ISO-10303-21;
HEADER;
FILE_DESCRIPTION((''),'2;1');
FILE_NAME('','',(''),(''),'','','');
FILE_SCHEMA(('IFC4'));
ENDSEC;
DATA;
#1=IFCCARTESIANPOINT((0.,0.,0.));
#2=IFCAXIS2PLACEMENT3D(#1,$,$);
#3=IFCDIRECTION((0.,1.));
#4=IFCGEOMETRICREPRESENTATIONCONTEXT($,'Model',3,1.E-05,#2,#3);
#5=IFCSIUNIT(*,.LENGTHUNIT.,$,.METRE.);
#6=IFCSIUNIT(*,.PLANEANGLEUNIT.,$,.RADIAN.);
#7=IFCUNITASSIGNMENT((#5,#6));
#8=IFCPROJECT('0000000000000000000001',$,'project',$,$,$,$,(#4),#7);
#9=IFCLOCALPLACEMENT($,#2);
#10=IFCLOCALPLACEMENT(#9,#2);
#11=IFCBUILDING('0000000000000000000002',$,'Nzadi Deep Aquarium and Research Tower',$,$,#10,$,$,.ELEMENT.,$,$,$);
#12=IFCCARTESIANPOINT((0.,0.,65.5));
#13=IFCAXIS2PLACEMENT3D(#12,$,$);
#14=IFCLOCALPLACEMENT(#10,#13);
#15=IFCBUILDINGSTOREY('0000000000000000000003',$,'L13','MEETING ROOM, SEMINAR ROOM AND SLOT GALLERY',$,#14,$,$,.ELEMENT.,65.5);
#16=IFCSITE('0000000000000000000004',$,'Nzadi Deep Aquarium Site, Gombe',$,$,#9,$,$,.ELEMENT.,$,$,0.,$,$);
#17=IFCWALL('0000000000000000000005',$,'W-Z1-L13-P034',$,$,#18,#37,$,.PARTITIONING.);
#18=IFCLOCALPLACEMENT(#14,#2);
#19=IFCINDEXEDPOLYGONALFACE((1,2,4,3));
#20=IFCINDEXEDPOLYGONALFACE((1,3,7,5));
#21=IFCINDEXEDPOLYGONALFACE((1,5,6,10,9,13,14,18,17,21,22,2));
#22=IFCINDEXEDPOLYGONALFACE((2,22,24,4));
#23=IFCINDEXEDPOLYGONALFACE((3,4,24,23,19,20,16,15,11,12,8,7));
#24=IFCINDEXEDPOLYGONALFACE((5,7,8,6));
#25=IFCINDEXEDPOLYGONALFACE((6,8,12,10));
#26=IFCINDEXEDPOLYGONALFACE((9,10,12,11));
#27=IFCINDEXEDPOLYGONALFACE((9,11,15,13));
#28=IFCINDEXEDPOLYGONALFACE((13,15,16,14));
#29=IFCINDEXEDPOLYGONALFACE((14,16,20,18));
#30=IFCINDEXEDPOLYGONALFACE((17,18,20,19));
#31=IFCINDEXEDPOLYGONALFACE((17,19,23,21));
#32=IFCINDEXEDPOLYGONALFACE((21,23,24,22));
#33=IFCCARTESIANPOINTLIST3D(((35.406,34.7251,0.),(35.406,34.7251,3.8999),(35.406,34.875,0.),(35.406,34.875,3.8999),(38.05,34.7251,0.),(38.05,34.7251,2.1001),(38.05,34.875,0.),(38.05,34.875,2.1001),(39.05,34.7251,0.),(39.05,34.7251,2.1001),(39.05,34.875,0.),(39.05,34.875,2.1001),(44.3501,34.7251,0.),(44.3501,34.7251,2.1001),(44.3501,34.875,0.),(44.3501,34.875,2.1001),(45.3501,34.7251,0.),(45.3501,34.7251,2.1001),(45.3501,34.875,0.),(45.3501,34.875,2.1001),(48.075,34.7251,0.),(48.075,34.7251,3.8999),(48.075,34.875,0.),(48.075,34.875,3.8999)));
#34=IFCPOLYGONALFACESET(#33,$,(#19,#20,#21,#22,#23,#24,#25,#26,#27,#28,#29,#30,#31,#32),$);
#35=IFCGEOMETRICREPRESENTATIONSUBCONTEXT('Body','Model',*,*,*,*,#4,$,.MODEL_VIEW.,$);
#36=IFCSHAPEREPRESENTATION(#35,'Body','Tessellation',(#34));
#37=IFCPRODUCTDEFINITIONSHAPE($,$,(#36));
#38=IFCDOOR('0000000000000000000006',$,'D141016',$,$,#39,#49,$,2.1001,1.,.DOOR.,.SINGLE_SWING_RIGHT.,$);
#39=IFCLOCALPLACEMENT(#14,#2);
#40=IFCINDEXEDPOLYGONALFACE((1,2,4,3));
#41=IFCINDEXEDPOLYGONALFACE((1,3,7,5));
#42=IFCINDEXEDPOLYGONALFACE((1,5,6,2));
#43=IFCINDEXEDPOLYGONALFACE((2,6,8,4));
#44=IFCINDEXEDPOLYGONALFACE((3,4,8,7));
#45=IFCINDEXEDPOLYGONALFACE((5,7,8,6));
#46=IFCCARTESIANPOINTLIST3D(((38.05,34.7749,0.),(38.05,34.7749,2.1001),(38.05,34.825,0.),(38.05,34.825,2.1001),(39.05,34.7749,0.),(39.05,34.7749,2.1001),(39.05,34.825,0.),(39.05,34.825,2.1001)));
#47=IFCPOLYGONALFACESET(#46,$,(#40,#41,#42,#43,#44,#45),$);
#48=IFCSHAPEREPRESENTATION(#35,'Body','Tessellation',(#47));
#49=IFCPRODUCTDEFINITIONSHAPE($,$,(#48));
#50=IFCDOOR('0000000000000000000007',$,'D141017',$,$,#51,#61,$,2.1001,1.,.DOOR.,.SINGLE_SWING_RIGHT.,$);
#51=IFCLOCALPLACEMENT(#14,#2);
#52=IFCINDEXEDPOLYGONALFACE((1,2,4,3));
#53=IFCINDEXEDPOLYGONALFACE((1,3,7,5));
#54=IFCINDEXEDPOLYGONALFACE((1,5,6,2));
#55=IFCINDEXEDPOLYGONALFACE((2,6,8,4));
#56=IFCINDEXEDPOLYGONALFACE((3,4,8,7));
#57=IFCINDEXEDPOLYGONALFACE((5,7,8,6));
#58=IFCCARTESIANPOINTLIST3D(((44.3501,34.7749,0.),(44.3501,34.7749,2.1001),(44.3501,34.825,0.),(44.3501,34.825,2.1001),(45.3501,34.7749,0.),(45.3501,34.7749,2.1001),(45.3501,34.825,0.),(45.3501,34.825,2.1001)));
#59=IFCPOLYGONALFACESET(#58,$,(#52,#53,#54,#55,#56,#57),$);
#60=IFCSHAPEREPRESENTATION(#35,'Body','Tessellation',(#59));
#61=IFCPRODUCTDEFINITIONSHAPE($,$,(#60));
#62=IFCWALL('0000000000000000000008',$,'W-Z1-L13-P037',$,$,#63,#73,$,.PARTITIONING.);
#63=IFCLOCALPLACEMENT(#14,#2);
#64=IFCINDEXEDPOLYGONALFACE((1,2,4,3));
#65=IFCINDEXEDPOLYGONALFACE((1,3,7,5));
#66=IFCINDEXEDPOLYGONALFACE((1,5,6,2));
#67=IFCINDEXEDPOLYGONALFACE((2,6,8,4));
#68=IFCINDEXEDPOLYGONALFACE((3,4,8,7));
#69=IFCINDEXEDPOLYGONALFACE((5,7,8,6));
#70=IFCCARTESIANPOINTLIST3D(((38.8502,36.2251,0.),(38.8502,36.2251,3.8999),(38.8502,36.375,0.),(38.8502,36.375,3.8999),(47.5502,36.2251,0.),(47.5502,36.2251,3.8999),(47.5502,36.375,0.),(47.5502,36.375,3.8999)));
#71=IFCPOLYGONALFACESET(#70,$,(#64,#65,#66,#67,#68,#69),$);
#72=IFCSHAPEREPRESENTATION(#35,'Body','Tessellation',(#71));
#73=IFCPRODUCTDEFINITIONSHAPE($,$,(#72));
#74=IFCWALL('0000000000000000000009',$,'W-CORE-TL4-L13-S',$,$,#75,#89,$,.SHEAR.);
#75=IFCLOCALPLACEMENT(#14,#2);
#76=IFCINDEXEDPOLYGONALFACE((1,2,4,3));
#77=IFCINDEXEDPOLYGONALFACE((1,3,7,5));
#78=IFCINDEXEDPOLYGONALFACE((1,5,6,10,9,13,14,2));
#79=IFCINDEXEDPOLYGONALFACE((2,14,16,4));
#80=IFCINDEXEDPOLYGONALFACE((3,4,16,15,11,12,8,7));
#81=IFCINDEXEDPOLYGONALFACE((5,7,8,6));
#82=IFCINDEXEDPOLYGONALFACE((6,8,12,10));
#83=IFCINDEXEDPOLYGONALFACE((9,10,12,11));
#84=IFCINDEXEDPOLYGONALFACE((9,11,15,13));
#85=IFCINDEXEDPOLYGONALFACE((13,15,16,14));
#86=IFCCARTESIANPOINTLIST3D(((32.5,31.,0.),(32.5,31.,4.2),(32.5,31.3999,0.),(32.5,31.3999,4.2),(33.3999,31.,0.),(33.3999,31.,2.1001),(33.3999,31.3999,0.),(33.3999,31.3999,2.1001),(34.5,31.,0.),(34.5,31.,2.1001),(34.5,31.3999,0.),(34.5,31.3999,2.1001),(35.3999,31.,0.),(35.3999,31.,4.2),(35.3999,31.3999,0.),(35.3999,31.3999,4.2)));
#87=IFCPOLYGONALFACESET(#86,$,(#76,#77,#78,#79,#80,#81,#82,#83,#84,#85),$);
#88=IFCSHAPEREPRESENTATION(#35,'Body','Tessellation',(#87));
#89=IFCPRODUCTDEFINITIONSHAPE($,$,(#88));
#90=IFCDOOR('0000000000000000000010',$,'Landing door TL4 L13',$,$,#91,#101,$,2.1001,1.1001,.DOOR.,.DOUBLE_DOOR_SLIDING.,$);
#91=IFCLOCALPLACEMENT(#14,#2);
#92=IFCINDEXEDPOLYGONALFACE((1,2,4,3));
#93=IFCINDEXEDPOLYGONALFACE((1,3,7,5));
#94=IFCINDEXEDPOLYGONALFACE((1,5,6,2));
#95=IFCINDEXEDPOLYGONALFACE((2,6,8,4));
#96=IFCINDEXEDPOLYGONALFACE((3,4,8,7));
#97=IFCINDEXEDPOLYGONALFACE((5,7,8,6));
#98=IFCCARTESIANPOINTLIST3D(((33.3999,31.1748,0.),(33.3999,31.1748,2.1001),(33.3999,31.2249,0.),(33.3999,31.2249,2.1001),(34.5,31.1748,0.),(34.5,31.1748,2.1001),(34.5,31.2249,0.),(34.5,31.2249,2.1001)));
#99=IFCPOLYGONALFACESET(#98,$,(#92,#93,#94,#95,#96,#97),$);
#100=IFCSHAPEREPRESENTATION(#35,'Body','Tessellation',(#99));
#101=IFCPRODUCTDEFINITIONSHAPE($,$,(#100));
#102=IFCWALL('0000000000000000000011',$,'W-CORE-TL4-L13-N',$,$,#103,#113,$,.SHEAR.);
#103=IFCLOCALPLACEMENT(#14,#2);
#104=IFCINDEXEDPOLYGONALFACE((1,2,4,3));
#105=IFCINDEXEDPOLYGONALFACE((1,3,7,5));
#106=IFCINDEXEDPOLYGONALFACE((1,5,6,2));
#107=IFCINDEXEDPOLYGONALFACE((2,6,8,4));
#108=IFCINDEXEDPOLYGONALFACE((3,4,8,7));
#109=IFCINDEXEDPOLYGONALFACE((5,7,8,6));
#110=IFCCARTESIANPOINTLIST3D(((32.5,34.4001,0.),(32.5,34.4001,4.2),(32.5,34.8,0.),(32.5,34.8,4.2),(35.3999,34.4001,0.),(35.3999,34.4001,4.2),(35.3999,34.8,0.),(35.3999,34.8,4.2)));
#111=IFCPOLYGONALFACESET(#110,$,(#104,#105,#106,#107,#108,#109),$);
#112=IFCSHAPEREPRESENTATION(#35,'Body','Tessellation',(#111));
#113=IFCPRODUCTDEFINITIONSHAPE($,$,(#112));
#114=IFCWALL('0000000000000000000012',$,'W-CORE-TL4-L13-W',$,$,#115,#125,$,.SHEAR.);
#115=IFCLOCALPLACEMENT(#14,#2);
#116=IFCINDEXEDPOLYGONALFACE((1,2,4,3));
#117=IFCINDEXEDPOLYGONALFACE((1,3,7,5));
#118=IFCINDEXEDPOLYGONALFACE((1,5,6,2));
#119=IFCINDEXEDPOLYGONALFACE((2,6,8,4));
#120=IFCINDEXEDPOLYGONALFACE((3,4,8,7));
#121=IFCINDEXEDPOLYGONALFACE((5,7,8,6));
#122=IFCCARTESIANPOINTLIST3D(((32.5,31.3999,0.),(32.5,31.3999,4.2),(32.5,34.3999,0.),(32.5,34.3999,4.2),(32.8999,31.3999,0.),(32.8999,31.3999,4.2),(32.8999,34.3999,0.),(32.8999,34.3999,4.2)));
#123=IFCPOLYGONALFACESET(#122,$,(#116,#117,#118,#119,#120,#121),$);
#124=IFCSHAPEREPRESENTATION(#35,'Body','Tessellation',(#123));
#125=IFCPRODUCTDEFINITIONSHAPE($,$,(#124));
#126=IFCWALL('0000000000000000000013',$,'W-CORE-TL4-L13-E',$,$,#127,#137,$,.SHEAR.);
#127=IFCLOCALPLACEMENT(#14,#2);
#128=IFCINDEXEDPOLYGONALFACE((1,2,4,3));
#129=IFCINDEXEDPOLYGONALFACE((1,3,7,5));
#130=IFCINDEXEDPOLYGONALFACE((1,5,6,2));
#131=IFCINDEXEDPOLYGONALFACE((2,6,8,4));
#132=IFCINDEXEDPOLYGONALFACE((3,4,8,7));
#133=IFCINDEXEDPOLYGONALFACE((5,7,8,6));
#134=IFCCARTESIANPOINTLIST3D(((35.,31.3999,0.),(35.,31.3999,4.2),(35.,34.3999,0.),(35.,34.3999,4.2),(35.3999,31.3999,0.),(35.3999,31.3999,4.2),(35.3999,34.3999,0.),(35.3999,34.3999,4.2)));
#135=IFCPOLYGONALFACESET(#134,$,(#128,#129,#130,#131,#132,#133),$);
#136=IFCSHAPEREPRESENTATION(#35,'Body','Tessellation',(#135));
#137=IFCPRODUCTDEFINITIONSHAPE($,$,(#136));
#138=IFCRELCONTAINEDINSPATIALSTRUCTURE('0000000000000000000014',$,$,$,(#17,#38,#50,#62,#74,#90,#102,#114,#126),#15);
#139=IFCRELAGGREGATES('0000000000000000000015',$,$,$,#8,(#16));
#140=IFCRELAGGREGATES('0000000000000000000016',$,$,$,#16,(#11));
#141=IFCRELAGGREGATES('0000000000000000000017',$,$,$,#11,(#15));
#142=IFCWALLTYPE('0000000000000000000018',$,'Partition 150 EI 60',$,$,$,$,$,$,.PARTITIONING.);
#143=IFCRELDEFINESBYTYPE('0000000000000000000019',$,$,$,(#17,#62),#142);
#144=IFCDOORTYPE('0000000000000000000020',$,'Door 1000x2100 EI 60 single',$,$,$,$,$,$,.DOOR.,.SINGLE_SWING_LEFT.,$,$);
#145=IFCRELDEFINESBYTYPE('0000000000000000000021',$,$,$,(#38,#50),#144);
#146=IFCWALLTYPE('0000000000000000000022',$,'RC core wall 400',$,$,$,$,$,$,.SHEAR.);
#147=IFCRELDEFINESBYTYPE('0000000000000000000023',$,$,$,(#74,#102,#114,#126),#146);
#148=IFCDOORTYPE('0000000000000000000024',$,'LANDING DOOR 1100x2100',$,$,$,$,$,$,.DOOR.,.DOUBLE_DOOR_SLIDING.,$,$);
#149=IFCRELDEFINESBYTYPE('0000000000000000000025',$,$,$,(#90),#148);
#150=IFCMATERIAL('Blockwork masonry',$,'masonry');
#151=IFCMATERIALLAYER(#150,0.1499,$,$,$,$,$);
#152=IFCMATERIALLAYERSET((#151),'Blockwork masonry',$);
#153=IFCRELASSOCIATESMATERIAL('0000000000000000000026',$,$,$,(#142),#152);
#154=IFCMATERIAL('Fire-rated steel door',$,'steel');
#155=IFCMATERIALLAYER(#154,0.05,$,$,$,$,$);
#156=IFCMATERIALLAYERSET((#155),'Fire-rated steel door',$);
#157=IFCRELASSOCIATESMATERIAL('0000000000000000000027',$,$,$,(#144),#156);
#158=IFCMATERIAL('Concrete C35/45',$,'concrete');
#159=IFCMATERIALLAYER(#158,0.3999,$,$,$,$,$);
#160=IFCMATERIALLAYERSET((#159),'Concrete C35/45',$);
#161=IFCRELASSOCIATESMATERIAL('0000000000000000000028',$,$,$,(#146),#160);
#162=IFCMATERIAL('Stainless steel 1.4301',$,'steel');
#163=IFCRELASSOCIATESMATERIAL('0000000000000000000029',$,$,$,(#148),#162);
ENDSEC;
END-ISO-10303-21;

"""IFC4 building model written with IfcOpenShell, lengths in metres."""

from ifc_helpers import new_model, si_unit, direction, frame, frame_2d, origin, place, context, subcontext, project, spatial, rectangle, extrude, material, layer, layer_set, type_object, element, fill, save


model = new_model("IFC4")

# Units and contexts
model_context = context("Model", 3, precision=1e-05, world=origin(), true_north=direction((0.0, 1.0)))
body_context = subcontext(model_context, "Body", "Model", "MODEL_VIEW")
ifc_project = project(units=[si_unit("LENGTHUNIT", "METRE"), si_unit("PLANEANGLEUNIT", "RADIAN")], contexts=[model_context])

# Site, building, storey
site_placement = place(None, origin())
site = spatial("IfcSite", under=ifc_project, at=site_placement, Name="Nzadi Deep Aquarium Site, Gombe", CompositionType="ELEMENT", RefElevation=0.0)
building_placement = place(site_placement, origin())
building = spatial("IfcBuilding", under=site, at=building_placement, Name="Nzadi Deep Aquarium and Research Tower", CompositionType="ELEMENT")
storey_placement = place(building_placement, frame((0.0, 0.0, 65.5)))
storey = spatial("IfcBuildingStorey", under=building, at=storey_placement, Name="L13", Description="MEETING ROOM, SEMINAR ROOM AND SLOT GALLERY", CompositionType="ELEMENT", Elevation=65.5)

# Shared definitions
ifc_material_1 = material(Name="Blockwork masonry", Category="masonry")
ifc_layer_1 = layer(ifc_material_1, 0.1499)
ifc_layer_set_1 = layer_set([ifc_layer_1], Name="Blockwork masonry")
wall_type_1 = type_object("IfcWallType", Name="Partition 150 EI 60", PredefinedType="PARTITIONING", material=ifc_layer_set_1)

# Wall, openings, doors
wall_1_placement = place(storey_placement, frame((35.406, 34.8, 0.0), z_axis=(0.0, 0.0, 1.0), x_axis=(1.0, 0.0, 0.0)))
wall_1 = element("IfcWall", 1, at=wall_1_placement, inside=storey, type_object=wall_type_1, Name="W-Z1-L13-P034", PredefinedType="PARTITIONING", context=body_context, shape_type="SweptSolid", body=[
    extrude(rectangle(XDim=12.6689, YDim=0.1499, at=frame_2d((6.3345, 0.0))), origin(), (0.0, 0.0, 1.0), 3.8999),
])
opening_1_placement = place(wall_1_placement, frame((2.644, 0.0, 0.0)))
opening_1 = element("IfcOpeningElement", 2, at=opening_1_placement, cuts=wall_1, PredefinedType="OPENING", context=body_context, shape_type="SweptSolid", body=[
    extrude(rectangle(XDim=1.0, YDim=2.1001, at=frame_2d((0.5, 1.05))), frame((0.0, 0.085, 0.0), z_axis=(0.0, -1.0, 0.0), x_axis=(1.0, 0.0, 0.0)), (0.0, 0.0, 1.0), 0.1699),
])
opening_2_placement = place(wall_1_placement, frame((8.9441, 0.0, 0.0)))
opening_2 = element("IfcOpeningElement", 3, at=opening_2_placement, cuts=wall_1, PredefinedType="OPENING", context=body_context, shape_type="SweptSolid", body=[
    extrude(rectangle(XDim=1.0, YDim=2.1001, at=frame_2d((0.5, 1.05))), frame((0.0, 0.085, 0.0), z_axis=(0.0, -1.0, 0.0), x_axis=(1.0, 0.0, 0.0)), (0.0, 0.0, 1.0), 0.1699),
])
ifc_material_2 = material(Name="Fire-rated steel door", Category="steel")
ifc_layer_2 = layer(ifc_material_2, 0.05)
ifc_layer_set_2 = layer_set([ifc_layer_2], Name="Fire-rated steel door")
door_type_1 = type_object("IfcDoorType", Name="Door 1000x2100 EI 60 single", OperationType="SINGLE_SWING_LEFT", PredefinedType="DOOR", material=ifc_layer_set_2)
door_1_placement = place(opening_1_placement, origin())
door_1 = element("IfcDoor", 4, at=door_1_placement, inside=storey, type_object=door_type_1, Name="D141016", OperationType="SINGLE_SWING_RIGHT", OverallHeight=2.1001, OverallWidth=1.0, PredefinedType="DOOR", context=body_context, shape_type="SweptSolid", body=[
    extrude(rectangle(XDim=1.0, YDim=2.1001, at=frame_2d((0.5, 1.05))), frame((0.0, 0.0249, 0.0), z_axis=(0.0, -1.0, 0.0), x_axis=(1.0, 0.0, 0.0)), (0.0, 0.0, 1.0), 0.05),
])
fill(opening_1, door_1)
door_2_placement = place(opening_2_placement, origin())
door_2 = element("IfcDoor", 5, at=door_2_placement, inside=storey, type_object=door_type_1, Name="D141017", OperationType="SINGLE_SWING_RIGHT", OverallHeight=2.1001, OverallWidth=1.0, PredefinedType="DOOR", context=body_context, shape_type="SweptSolid", body=[
    extrude(rectangle(XDim=1.0, YDim=2.1001, at=frame_2d((0.5, 1.05))), frame((0.0, 0.0249, 0.0), z_axis=(0.0, -1.0, 0.0), x_axis=(1.0, 0.0, 0.0)), (0.0, 0.0, 1.0), 0.05),
])
fill(opening_2, door_2)

# Wall
wall_2_placement = place(storey_placement, frame((38.8501, 36.3, 0.0), z_axis=(0.0, 0.0, 1.0), x_axis=(1.0, 0.0, 0.0)))
element("IfcWall", 6, at=wall_2_placement, inside=storey, type_object=wall_type_1, Name="W-Z1-L13-P037", PredefinedType="PARTITIONING", context=body_context, shape_type="SweptSolid", body=[
    extrude(rectangle(XDim=8.7, YDim=0.1499, at=frame_2d((4.3501, 0.0))), origin(), (0.0, 0.0, 1.0), 3.8999),
])

# Wall, opening, door
ifc_material_3 = material(Name="Concrete C35/45", Category="concrete")
ifc_layer_3 = layer(ifc_material_3, 0.3999)
ifc_layer_set_3 = layer_set([ifc_layer_3], Name="Concrete C35/45")
wall_type_2 = type_object("IfcWallType", Name="RC core wall 400", PredefinedType="SHEAR", material=ifc_layer_set_3)
wall_3_placement = place(storey_placement, frame((32.5, 31.2, 0.0), z_axis=(0.0, 0.0, 1.0), x_axis=(1.0, 0.0, 0.0)))
wall_3 = element("IfcWall", 7, at=wall_3_placement, inside=storey, type_object=wall_type_2, Name="W-CORE-TL4-L13-S", PredefinedType="SHEAR", context=body_context, shape_type="SweptSolid", body=[
    extrude(rectangle(XDim=2.8999, YDim=0.3999, at=frame_2d((1.45, 0.0))), origin(), (0.0, 0.0, 1.0), 4.2),
])
opening_3_placement = place(wall_3_placement, frame((0.8999, 0.0, 0.0)))
opening_3 = element("IfcOpeningElement", 8, at=opening_3_placement, cuts=wall_3, PredefinedType="OPENING", context=body_context, shape_type="SweptSolid", body=[
    extrude(rectangle(XDim=1.1001, YDim=2.1001, at=frame_2d((0.55, 1.05))), frame((0.0, 0.21, 0.0), z_axis=(0.0, -1.0, 0.0), x_axis=(1.0, 0.0, 0.0)), (0.0, 0.0, 1.0), 0.4199),
])
ifc_material_4 = material(Name="Stainless steel 1.4301", Category="steel")
door_type_2 = type_object("IfcDoorType", Name="LANDING DOOR 1100x2100", OperationType="DOUBLE_DOOR_SLIDING", PredefinedType="DOOR", material=ifc_material_4)
door_3_placement = place(opening_3_placement, origin())
door_3 = element("IfcDoor", 9, at=door_3_placement, inside=storey, type_object=door_type_2, Name="Landing door TL4 L13", OperationType="DOUBLE_DOOR_SLIDING", OverallHeight=2.1001, OverallWidth=1.1001, PredefinedType="DOOR", context=body_context, shape_type="SweptSolid", body=[
    extrude(rectangle(XDim=1.1001, YDim=2.1001, at=frame_2d((0.55, 1.05))), frame((0.0, 0.0249, 0.0), z_axis=(0.0, -1.0, 0.0), x_axis=(1.0, 0.0, 0.0)), (0.0, 0.0, 1.0), 0.05),
])
fill(opening_3, door_3)

# Walls
wall_4_placement = place(storey_placement, frame((32.5, 34.6001, 0.0), z_axis=(0.0, 0.0, 1.0), x_axis=(1.0, 0.0, 0.0)))
element("IfcWall", 10, at=wall_4_placement, inside=storey, type_object=wall_type_2, Name="W-CORE-TL4-L13-N", PredefinedType="SHEAR", context=body_context, shape_type="SweptSolid", body=[
    extrude(rectangle(XDim=2.8999, YDim=0.3999, at=frame_2d((1.45, 0.0))), origin(), (0.0, 0.0, 1.0), 4.2),
])
for number, where, z_axis, x_axis, name in (
    (11, (32.7, 31.3999, 0.0), (0.0, 0.0, 1.0), (0.0, 1.0, 0.0), "W-CORE-TL4-L13-W"),
    (12, (35.2, 31.3999, 0.0), (0.0, 0.0, 1.0), (0.0, 1.0, 0.0), "W-CORE-TL4-L13-E"),
):
    element("IfcWall", number, at=place(storey_placement, frame(where, z_axis=z_axis, x_axis=x_axis)), inside=storey, type_object=wall_type_2, Name=name, PredefinedType="SHEAR", context=body_context, shape_type="SweptSolid", body=[
        extrude(rectangle(XDim=3.0, YDim=0.3999, at=frame_2d((1.5, 0.0))), origin(), (0.0, 0.0, 1.0), 4.2),
    ])

save(model, "model.ifc")
